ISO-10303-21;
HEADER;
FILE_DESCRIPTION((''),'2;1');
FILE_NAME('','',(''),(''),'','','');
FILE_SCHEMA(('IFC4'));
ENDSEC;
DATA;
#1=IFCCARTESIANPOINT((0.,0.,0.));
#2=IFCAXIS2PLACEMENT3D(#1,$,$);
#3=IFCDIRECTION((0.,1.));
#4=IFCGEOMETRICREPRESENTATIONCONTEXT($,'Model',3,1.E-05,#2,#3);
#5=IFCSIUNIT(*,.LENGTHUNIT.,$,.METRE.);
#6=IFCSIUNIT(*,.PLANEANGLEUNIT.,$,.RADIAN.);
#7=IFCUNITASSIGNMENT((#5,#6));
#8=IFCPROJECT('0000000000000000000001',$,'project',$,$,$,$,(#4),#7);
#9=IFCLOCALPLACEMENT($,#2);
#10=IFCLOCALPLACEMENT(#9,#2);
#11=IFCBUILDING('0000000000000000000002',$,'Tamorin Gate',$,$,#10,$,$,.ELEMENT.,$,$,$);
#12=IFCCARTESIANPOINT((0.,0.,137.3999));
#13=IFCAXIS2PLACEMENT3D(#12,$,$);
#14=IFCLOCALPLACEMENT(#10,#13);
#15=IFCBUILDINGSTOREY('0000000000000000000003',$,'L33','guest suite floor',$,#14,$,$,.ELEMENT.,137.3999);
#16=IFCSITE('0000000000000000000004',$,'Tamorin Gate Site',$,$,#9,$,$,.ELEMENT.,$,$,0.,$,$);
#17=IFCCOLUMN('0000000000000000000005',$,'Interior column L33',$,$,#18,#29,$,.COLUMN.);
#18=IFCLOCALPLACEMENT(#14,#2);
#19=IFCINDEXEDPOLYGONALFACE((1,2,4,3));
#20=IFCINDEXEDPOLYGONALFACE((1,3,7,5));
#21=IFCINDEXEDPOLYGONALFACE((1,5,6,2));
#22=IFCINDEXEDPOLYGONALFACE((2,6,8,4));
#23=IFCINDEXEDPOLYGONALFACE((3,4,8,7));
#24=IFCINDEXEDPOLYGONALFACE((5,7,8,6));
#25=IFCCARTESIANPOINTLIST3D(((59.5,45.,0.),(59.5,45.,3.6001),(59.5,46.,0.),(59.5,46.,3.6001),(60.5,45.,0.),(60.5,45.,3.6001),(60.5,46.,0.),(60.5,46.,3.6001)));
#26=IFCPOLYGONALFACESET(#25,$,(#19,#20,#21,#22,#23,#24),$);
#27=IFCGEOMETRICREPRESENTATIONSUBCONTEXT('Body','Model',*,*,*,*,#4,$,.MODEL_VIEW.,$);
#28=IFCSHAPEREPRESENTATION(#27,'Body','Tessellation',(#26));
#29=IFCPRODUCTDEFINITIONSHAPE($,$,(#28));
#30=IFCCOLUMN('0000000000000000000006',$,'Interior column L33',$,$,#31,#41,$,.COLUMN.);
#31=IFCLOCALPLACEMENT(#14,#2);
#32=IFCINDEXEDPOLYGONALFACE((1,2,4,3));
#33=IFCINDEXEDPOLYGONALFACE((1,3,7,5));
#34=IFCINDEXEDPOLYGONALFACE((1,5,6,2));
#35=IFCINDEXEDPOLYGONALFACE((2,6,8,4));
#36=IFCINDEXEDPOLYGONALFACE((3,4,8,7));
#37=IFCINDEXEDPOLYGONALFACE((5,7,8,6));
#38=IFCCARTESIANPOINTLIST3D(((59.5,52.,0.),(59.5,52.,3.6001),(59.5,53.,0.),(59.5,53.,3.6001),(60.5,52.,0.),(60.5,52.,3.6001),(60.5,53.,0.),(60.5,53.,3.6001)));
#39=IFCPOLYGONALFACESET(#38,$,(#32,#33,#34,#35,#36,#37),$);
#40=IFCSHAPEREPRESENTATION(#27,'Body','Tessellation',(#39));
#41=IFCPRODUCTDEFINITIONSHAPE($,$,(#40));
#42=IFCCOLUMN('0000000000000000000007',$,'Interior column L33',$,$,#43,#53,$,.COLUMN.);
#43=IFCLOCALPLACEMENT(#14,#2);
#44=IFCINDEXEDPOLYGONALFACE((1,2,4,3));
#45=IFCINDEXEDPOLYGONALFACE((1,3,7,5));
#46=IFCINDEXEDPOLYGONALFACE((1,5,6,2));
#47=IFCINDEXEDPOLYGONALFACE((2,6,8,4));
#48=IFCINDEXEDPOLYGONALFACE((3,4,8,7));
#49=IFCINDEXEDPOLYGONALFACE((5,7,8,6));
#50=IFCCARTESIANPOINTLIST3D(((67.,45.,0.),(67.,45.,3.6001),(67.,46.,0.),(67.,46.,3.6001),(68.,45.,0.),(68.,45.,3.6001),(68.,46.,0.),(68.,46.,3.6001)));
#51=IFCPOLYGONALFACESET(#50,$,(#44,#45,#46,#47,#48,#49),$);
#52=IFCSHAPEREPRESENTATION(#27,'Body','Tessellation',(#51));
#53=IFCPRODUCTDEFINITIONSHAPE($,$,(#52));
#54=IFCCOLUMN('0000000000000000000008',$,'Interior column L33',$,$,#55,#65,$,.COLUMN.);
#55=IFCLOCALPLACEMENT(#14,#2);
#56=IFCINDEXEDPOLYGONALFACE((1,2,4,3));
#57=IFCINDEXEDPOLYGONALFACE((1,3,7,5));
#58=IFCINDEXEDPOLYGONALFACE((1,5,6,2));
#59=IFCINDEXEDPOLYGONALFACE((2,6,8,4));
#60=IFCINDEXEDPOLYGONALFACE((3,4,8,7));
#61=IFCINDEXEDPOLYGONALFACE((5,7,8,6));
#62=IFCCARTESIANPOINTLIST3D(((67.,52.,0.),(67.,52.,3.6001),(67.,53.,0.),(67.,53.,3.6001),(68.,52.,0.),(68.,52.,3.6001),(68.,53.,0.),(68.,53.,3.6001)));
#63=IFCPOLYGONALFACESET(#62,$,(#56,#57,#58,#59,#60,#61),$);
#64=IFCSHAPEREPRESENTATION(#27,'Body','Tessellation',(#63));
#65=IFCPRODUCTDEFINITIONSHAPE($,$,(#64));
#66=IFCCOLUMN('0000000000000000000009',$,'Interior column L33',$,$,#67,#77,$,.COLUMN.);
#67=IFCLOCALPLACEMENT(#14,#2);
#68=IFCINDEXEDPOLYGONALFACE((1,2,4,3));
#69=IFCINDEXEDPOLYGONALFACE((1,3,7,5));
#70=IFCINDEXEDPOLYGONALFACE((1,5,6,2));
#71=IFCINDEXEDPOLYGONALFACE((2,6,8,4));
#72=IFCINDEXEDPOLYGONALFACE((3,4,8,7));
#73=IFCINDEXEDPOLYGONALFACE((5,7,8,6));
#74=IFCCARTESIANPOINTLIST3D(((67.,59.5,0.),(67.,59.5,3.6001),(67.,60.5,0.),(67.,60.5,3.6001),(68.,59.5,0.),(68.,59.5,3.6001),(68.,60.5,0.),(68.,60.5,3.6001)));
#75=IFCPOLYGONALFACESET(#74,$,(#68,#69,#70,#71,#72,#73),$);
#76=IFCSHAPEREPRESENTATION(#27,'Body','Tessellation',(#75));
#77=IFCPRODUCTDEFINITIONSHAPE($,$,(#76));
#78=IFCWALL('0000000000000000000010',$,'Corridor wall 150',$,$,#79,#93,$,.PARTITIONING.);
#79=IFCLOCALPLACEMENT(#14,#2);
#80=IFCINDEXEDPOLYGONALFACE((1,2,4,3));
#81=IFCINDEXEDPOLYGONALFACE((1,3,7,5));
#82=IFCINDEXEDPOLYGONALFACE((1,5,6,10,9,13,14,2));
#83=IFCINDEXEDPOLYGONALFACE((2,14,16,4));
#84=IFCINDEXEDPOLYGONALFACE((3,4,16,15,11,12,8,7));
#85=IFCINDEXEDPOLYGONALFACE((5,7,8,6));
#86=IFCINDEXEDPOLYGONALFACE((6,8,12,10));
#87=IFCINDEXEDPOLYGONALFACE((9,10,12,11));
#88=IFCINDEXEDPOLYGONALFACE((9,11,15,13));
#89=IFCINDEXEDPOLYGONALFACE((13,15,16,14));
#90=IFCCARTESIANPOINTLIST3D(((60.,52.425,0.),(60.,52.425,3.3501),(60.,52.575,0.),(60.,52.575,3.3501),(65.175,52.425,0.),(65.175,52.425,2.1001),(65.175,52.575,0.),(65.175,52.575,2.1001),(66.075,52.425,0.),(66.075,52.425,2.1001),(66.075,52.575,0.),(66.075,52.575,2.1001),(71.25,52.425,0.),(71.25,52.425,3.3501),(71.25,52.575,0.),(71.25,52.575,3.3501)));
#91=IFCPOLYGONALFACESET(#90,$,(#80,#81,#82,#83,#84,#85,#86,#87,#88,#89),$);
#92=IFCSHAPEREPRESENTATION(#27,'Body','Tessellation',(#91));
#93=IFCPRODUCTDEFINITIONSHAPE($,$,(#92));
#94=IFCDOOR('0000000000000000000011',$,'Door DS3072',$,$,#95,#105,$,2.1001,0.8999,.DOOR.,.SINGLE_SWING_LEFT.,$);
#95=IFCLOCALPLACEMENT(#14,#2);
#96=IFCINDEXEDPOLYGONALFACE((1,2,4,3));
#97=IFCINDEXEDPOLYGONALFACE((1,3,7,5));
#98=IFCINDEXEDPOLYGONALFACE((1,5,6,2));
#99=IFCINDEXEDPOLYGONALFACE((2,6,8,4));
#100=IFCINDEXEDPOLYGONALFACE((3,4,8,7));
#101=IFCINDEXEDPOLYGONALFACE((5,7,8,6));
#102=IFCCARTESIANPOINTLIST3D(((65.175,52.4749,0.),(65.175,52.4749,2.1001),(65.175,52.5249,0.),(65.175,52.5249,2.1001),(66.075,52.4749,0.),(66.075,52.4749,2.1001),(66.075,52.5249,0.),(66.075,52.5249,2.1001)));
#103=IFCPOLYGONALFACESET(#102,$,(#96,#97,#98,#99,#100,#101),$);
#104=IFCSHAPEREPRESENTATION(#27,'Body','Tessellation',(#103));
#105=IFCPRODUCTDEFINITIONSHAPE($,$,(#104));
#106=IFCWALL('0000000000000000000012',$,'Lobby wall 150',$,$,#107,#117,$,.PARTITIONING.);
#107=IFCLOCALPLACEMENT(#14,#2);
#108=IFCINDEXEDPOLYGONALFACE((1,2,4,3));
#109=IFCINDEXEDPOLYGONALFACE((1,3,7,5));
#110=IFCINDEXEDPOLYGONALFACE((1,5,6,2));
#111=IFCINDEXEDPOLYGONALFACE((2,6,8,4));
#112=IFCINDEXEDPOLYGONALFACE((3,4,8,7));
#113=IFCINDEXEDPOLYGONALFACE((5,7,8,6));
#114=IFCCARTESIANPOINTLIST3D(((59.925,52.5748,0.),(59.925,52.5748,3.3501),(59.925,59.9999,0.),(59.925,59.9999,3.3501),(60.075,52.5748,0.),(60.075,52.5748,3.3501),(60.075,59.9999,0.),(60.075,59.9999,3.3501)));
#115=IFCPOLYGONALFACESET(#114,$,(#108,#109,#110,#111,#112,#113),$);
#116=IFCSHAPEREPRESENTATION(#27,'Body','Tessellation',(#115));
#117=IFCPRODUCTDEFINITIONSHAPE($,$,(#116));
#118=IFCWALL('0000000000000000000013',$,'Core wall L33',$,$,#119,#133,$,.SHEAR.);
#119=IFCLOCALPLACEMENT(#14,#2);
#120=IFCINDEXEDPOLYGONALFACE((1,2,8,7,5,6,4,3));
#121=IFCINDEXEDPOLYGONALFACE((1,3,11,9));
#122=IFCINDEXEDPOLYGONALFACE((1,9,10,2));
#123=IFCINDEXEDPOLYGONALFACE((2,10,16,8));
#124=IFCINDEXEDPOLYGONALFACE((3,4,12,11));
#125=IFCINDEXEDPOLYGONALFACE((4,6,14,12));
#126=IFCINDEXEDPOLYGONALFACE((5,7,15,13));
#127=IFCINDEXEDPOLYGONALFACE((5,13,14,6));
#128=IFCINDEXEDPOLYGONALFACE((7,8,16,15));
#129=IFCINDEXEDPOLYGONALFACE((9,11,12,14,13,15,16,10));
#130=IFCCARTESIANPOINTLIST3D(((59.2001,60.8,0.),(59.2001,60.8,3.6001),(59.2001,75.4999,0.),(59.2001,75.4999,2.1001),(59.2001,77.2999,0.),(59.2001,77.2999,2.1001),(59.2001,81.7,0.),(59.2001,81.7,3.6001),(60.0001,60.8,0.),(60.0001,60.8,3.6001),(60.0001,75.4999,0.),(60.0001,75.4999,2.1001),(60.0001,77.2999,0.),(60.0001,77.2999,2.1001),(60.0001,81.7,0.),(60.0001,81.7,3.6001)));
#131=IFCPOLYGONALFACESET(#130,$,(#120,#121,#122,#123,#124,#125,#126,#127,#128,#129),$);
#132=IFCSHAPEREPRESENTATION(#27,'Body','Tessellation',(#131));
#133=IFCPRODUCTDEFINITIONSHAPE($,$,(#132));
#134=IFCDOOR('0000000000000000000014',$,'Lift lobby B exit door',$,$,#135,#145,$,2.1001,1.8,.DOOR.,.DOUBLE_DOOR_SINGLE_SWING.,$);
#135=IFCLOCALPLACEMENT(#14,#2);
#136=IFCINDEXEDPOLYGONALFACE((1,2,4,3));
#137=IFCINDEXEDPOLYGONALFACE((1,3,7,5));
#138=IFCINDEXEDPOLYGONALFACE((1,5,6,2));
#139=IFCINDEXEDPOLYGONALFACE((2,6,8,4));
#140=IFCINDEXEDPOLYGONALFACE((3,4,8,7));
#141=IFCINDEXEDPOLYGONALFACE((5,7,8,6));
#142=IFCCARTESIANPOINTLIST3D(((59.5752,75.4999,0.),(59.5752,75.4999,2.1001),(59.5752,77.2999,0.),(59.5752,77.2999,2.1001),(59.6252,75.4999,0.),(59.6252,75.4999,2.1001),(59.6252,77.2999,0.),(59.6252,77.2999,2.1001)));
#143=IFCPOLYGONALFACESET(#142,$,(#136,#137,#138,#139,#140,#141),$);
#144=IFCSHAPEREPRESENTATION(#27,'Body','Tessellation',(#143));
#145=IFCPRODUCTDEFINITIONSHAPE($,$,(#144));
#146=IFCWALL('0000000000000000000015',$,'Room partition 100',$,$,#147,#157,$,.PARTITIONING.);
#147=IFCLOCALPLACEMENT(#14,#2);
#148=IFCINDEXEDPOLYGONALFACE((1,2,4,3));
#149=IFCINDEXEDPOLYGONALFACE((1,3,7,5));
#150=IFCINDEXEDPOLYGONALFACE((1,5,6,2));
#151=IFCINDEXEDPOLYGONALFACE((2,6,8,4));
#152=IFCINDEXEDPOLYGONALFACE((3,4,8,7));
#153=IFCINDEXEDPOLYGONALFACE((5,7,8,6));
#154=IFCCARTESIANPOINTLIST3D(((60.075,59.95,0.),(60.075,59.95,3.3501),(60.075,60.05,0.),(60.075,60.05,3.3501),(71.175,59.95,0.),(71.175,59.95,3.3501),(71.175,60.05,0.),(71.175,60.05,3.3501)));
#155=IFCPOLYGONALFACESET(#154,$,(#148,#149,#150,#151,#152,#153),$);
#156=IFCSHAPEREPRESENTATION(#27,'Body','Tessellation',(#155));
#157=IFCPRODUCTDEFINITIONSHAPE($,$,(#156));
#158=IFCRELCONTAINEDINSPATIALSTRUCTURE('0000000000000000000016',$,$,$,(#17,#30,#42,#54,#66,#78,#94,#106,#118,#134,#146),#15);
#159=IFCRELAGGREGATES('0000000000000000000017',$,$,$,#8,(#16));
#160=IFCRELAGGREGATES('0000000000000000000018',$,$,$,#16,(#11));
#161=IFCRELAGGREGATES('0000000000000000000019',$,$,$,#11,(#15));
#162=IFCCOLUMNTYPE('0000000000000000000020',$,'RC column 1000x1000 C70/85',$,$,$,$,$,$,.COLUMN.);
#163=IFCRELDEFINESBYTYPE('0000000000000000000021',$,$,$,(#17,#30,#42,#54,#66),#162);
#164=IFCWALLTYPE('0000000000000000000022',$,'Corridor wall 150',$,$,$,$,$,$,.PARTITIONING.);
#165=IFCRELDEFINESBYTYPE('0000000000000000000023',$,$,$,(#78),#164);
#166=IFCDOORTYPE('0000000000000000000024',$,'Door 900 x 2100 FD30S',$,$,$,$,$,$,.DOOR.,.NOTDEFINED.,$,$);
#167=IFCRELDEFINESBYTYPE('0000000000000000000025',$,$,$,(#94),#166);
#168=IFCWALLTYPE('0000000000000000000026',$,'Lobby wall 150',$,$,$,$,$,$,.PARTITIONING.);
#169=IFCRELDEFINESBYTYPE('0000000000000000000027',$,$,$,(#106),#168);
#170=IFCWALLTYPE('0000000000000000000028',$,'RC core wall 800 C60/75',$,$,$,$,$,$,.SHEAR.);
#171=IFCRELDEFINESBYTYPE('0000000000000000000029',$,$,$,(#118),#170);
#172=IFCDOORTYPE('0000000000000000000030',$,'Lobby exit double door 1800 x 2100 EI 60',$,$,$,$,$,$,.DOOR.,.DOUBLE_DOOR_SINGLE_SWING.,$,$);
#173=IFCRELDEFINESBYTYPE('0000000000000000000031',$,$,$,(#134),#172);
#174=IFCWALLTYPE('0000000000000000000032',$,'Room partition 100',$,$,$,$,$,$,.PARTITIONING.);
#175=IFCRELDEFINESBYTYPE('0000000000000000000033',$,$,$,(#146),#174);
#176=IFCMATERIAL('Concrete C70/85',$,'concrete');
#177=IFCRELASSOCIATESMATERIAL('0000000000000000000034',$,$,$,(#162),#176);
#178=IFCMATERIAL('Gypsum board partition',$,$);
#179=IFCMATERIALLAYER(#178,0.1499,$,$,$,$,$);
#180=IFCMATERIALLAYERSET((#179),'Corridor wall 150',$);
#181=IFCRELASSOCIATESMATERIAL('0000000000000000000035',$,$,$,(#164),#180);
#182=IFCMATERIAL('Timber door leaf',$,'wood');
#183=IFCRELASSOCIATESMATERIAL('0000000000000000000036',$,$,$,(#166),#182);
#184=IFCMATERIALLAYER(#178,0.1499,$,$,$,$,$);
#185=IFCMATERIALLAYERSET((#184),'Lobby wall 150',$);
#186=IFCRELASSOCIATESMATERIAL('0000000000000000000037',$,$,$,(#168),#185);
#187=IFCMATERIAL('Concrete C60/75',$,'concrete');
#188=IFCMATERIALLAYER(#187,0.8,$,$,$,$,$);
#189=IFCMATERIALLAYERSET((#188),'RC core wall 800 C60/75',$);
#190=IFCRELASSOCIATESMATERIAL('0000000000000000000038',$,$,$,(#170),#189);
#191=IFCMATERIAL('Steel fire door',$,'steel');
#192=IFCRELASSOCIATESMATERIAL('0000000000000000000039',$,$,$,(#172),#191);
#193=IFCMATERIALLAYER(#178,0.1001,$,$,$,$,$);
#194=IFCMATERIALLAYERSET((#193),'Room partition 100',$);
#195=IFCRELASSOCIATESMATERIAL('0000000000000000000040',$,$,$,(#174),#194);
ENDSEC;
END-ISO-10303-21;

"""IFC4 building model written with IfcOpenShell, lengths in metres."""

from ifc_helpers import new_model, si_unit, direction, frame, frame_2d, origin, origin_2d, place, context, subcontext, project, spatial, rectangle, extrude, material, layer, layer_set, material_profile, profile_set, type_object, element, fill, save


model = new_model("IFC4")

# Units and contexts
model_context = context("Model", 3, precision=1e-05, world=origin(), true_north=direction((0.0, 1.0)))
body_context = subcontext(model_context, "Body", "Model", "MODEL_VIEW")
ifc_project = project(units=[si_unit("LENGTHUNIT", "METRE"), si_unit("PLANEANGLEUNIT", "RADIAN")], contexts=[model_context])

# Site, building, storey
site_placement = place(None, origin())
site = spatial("IfcSite", under=ifc_project, at=site_placement, Name="Tamorin Gate Site", CompositionType="ELEMENT", RefElevation=0.0)
building_placement = place(site_placement, origin())
building = spatial("IfcBuilding", under=site, at=building_placement, Name="Tamorin Gate", CompositionType="ELEMENT")
storey_placement = place(building_placement, frame((0.0, 0.0, 137.3999)))
storey = spatial("IfcBuildingStorey", under=building, at=storey_placement, Name="L33", Description="guest suite floor", CompositionType="ELEMENT", Elevation=137.3999)

# Columns
ifc_material_1 = material(Name="Concrete C70/85", Category="concrete")
ifc_material_profile = material_profile(ifc_material_1, rectangle(XDim=1.0, YDim=1.0, at=origin_2d()), Name="RC 1000x1000")
ifc_profile_set = profile_set([ifc_material_profile], Name="Concrete C70/85")
column_type = type_object("IfcColumnType", Name="RC column 1000x1000 C70/85", PredefinedType="COLUMN", material=ifc_profile_set)
for number, where, z_axis, x_axis, name in (
    (1, (60.0, 45.5, 0.0), (0.0, 0.0, 1.0), (1.0, 0.0, 0.0), "Interior column L33"),
    (2, (60.0, 52.5, 0.0), (0.0, 0.0, 1.0), (1.0, 0.0, 0.0), "Interior column L33"),
    (3, (67.5, 45.5, 0.0), (0.0, 0.0, 1.0), (1.0, 0.0, 0.0), "Interior column L33"),
    (4, (67.5, 52.5, 0.0), (0.0, 0.0, 1.0), (1.0, 0.0, 0.0), "Interior column L33"),
    (5, (67.5, 60.0, 0.0), (0.0, 0.0, 1.0), (1.0, 0.0, 0.0), "Interior column L33"),
):
    element("IfcColumn", number, at=place(storey_placement, frame(where, z_axis=z_axis, x_axis=x_axis)), inside=storey, type_object=column_type, Name=name, PredefinedType="COLUMN", context=body_context, shape_type="SweptSolid", body=[
        extrude(rectangle(XDim=1.0, YDim=1.0, at=origin_2d()), origin(), (0.0, 0.0, 1.0), 3.6001),
    ])

# Wall, opening, door
ifc_material_2 = material(Name="Gypsum board partition")
ifc_layer_1 = layer(ifc_material_2, 0.1499)
ifc_layer_set_1 = layer_set([ifc_layer_1], Name="Corridor wall 150")
wall_type_1 = type_object("IfcWallType", Name="Corridor wall 150", PredefinedType="PARTITIONING", material=ifc_layer_set_1)
wall_1_placement = place(storey_placement, frame((60.0, 52.5, 0.0), z_axis=(0.0, 0.0, 1.0), x_axis=(1.0, 0.0, 0.0)))
wall_1 = element("IfcWall", 6, at=wall_1_placement, inside=storey, type_object=wall_type_1, Name="Corridor wall 150", PredefinedType="PARTITIONING", context=body_context, shape_type="SweptSolid", body=[
    extrude(rectangle(XDim=11.25, YDim=0.1499, at=frame_2d((5.625, 0.0))), origin(), (0.0, 0.0, 1.0), 3.3501),
])
opening_1_placement = place(wall_1_placement, frame((5.175, 0.0, 0.0)))
opening_1 = element("IfcOpeningElement", 7, at=opening_1_placement, cuts=wall_1, PredefinedType="OPENING", context=body_context, shape_type="SweptSolid", body=[
    extrude(rectangle(XDim=0.8999, YDim=2.1001, at=frame_2d((0.45, 1.05))), frame((0.0, 0.085, 0.0), z_axis=(0.0, -1.0, 0.0), x_axis=(1.0, 0.0, 0.0)), (0.0, 0.0, 1.0), 0.1699),
])
ifc_material_3 = material(Name="Timber door leaf", Category="wood")
door_type_1 = type_object("IfcDoorType", Name="Door 900 x 2100 FD30S", OperationType="NOTDEFINED", PredefinedType="DOOR", material=ifc_material_3)
door_1_placement = place(opening_1_placement, origin())
door_1 = element("IfcDoor", 8, at=door_1_placement, inside=storey, type_object=door_type_1, Name="Door DS3072", OperationType="SINGLE_SWING_LEFT", OverallHeight=2.1001, OverallWidth=0.8999, PredefinedType="DOOR", context=body_context, shape_type="SweptSolid", body=[
    extrude(rectangle(XDim=0.8999, YDim=2.1001, at=frame_2d((0.45, 1.05))), frame((0.0, 0.0249, 0.0), z_axis=(0.0, -1.0, 0.0), x_axis=(1.0, 0.0, 0.0)), (0.0, 0.0, 1.0), 0.05),
])
fill(opening_1, door_1)

# Wall
ifc_layer_2 = layer(ifc_material_2, 0.1499)
ifc_layer_set_2 = layer_set([ifc_layer_2], Name="Lobby wall 150")
wall_type_2 = type_object("IfcWallType", Name="Lobby wall 150", PredefinedType="PARTITIONING", material=ifc_layer_set_2)
wall_2_placement = place(storey_placement, frame((60.0, 52.575, 0.0), z_axis=(0.0, 0.0, 1.0), x_axis=(0.0, 1.0, 0.0)))
element("IfcWall", 9, at=wall_2_placement, inside=storey, type_object=wall_type_2, Name="Lobby wall 150", PredefinedType="PARTITIONING", context=body_context, shape_type="SweptSolid", body=[
    extrude(rectangle(XDim=7.425, YDim=0.1499, at=frame_2d((3.7124, 0.0))), origin(), (0.0, 0.0, 1.0), 3.3501),
])

# Wall, opening, door
ifc_material_4 = material(Name="Concrete C60/75", Category="concrete")
ifc_layer_3 = layer(ifc_material_4, 0.8)
ifc_layer_set_3 = layer_set([ifc_layer_3], Name="RC core wall 800 C60/75")
wall_type_3 = type_object("IfcWallType", Name="RC core wall 800 C60/75", PredefinedType="SHEAR", material=ifc_layer_set_3)
wall_3_placement = place(storey_placement, frame((59.6001, 60.8, 0.0), z_axis=(0.0, 0.0, 1.0), x_axis=(0.0, 1.0, 0.0)))
wall_3 = element("IfcWall", 10, at=wall_3_placement, inside=storey, type_object=wall_type_3, Name="Core wall L33", PredefinedType="SHEAR", context=body_context, shape_type="SweptSolid", body=[
    extrude(rectangle(XDim=20.8999, YDim=0.8, at=frame_2d((10.45, 0.0))), origin(), (0.0, 0.0, 1.0), 3.6001),
])
opening_2_placement = place(wall_3_placement, frame((14.7, 0.0, 0.0)))
opening_2 = element("IfcOpeningElement", 11, at=opening_2_placement, cuts=wall_3, PredefinedType="OPENING", context=body_context, shape_type="SweptSolid", body=[
    extrude(rectangle(XDim=1.8, YDim=2.1001, at=frame_2d((0.8999, 1.05))), frame((0.0, 0.4099, 0.0), z_axis=(0.0, -1.0, 0.0), x_axis=(1.0, 0.0, 0.0)), (0.0, 0.0, 1.0), 0.8201),
])
ifc_material_5 = material(Name="Steel fire door", Category="steel")
door_type_2 = type_object("IfcDoorType", Name="Lobby exit double door 1800 x 2100 EI 60", OperationType="DOUBLE_DOOR_SINGLE_SWING", PredefinedType="DOOR", material=ifc_material_5)
door_2_placement = place(opening_2_placement, origin())
door_2 = element("IfcDoor", 12, at=door_2_placement, inside=storey, type_object=door_type_2, Name="Lift lobby B exit door", OperationType="DOUBLE_DOOR_SINGLE_SWING", OverallHeight=2.1001, OverallWidth=1.8, PredefinedType="DOOR", context=body_context, shape_type="SweptSolid", body=[
    extrude(rectangle(XDim=1.8, YDim=2.1001, at=frame_2d((0.8999, 1.05))), frame((0.0, 0.0249, 0.0), z_axis=(0.0, -1.0, 0.0), x_axis=(1.0, 0.0, 0.0)), (0.0, 0.0, 1.0), 0.05),
])
fill(opening_2, door_2)

# Wall
ifc_layer_4 = layer(ifc_material_2, 0.1001)
ifc_layer_set_4 = layer_set([ifc_layer_4], Name="Room partition 100")
wall_type_4 = type_object("IfcWallType", Name="Room partition 100", PredefinedType="PARTITIONING", material=ifc_layer_set_4)
wall_4_placement = place(storey_placement, frame((60.075, 60.0, 0.0), z_axis=(0.0, 0.0, 1.0), x_axis=(1.0, 0.0, 0.0)))
element("IfcWall", 13, at=wall_4_placement, inside=storey, type_object=wall_type_4, Name="Room partition 100", PredefinedType="PARTITIONING", context=body_context, shape_type="SweptSolid", body=[
    extrude(rectangle(XDim=11.1001, YDim=0.1001, at=frame_2d((5.55, 0.0))), origin(), (0.0, 0.0, 1.0), 3.3501),
])

save(model, "model.ifc")
